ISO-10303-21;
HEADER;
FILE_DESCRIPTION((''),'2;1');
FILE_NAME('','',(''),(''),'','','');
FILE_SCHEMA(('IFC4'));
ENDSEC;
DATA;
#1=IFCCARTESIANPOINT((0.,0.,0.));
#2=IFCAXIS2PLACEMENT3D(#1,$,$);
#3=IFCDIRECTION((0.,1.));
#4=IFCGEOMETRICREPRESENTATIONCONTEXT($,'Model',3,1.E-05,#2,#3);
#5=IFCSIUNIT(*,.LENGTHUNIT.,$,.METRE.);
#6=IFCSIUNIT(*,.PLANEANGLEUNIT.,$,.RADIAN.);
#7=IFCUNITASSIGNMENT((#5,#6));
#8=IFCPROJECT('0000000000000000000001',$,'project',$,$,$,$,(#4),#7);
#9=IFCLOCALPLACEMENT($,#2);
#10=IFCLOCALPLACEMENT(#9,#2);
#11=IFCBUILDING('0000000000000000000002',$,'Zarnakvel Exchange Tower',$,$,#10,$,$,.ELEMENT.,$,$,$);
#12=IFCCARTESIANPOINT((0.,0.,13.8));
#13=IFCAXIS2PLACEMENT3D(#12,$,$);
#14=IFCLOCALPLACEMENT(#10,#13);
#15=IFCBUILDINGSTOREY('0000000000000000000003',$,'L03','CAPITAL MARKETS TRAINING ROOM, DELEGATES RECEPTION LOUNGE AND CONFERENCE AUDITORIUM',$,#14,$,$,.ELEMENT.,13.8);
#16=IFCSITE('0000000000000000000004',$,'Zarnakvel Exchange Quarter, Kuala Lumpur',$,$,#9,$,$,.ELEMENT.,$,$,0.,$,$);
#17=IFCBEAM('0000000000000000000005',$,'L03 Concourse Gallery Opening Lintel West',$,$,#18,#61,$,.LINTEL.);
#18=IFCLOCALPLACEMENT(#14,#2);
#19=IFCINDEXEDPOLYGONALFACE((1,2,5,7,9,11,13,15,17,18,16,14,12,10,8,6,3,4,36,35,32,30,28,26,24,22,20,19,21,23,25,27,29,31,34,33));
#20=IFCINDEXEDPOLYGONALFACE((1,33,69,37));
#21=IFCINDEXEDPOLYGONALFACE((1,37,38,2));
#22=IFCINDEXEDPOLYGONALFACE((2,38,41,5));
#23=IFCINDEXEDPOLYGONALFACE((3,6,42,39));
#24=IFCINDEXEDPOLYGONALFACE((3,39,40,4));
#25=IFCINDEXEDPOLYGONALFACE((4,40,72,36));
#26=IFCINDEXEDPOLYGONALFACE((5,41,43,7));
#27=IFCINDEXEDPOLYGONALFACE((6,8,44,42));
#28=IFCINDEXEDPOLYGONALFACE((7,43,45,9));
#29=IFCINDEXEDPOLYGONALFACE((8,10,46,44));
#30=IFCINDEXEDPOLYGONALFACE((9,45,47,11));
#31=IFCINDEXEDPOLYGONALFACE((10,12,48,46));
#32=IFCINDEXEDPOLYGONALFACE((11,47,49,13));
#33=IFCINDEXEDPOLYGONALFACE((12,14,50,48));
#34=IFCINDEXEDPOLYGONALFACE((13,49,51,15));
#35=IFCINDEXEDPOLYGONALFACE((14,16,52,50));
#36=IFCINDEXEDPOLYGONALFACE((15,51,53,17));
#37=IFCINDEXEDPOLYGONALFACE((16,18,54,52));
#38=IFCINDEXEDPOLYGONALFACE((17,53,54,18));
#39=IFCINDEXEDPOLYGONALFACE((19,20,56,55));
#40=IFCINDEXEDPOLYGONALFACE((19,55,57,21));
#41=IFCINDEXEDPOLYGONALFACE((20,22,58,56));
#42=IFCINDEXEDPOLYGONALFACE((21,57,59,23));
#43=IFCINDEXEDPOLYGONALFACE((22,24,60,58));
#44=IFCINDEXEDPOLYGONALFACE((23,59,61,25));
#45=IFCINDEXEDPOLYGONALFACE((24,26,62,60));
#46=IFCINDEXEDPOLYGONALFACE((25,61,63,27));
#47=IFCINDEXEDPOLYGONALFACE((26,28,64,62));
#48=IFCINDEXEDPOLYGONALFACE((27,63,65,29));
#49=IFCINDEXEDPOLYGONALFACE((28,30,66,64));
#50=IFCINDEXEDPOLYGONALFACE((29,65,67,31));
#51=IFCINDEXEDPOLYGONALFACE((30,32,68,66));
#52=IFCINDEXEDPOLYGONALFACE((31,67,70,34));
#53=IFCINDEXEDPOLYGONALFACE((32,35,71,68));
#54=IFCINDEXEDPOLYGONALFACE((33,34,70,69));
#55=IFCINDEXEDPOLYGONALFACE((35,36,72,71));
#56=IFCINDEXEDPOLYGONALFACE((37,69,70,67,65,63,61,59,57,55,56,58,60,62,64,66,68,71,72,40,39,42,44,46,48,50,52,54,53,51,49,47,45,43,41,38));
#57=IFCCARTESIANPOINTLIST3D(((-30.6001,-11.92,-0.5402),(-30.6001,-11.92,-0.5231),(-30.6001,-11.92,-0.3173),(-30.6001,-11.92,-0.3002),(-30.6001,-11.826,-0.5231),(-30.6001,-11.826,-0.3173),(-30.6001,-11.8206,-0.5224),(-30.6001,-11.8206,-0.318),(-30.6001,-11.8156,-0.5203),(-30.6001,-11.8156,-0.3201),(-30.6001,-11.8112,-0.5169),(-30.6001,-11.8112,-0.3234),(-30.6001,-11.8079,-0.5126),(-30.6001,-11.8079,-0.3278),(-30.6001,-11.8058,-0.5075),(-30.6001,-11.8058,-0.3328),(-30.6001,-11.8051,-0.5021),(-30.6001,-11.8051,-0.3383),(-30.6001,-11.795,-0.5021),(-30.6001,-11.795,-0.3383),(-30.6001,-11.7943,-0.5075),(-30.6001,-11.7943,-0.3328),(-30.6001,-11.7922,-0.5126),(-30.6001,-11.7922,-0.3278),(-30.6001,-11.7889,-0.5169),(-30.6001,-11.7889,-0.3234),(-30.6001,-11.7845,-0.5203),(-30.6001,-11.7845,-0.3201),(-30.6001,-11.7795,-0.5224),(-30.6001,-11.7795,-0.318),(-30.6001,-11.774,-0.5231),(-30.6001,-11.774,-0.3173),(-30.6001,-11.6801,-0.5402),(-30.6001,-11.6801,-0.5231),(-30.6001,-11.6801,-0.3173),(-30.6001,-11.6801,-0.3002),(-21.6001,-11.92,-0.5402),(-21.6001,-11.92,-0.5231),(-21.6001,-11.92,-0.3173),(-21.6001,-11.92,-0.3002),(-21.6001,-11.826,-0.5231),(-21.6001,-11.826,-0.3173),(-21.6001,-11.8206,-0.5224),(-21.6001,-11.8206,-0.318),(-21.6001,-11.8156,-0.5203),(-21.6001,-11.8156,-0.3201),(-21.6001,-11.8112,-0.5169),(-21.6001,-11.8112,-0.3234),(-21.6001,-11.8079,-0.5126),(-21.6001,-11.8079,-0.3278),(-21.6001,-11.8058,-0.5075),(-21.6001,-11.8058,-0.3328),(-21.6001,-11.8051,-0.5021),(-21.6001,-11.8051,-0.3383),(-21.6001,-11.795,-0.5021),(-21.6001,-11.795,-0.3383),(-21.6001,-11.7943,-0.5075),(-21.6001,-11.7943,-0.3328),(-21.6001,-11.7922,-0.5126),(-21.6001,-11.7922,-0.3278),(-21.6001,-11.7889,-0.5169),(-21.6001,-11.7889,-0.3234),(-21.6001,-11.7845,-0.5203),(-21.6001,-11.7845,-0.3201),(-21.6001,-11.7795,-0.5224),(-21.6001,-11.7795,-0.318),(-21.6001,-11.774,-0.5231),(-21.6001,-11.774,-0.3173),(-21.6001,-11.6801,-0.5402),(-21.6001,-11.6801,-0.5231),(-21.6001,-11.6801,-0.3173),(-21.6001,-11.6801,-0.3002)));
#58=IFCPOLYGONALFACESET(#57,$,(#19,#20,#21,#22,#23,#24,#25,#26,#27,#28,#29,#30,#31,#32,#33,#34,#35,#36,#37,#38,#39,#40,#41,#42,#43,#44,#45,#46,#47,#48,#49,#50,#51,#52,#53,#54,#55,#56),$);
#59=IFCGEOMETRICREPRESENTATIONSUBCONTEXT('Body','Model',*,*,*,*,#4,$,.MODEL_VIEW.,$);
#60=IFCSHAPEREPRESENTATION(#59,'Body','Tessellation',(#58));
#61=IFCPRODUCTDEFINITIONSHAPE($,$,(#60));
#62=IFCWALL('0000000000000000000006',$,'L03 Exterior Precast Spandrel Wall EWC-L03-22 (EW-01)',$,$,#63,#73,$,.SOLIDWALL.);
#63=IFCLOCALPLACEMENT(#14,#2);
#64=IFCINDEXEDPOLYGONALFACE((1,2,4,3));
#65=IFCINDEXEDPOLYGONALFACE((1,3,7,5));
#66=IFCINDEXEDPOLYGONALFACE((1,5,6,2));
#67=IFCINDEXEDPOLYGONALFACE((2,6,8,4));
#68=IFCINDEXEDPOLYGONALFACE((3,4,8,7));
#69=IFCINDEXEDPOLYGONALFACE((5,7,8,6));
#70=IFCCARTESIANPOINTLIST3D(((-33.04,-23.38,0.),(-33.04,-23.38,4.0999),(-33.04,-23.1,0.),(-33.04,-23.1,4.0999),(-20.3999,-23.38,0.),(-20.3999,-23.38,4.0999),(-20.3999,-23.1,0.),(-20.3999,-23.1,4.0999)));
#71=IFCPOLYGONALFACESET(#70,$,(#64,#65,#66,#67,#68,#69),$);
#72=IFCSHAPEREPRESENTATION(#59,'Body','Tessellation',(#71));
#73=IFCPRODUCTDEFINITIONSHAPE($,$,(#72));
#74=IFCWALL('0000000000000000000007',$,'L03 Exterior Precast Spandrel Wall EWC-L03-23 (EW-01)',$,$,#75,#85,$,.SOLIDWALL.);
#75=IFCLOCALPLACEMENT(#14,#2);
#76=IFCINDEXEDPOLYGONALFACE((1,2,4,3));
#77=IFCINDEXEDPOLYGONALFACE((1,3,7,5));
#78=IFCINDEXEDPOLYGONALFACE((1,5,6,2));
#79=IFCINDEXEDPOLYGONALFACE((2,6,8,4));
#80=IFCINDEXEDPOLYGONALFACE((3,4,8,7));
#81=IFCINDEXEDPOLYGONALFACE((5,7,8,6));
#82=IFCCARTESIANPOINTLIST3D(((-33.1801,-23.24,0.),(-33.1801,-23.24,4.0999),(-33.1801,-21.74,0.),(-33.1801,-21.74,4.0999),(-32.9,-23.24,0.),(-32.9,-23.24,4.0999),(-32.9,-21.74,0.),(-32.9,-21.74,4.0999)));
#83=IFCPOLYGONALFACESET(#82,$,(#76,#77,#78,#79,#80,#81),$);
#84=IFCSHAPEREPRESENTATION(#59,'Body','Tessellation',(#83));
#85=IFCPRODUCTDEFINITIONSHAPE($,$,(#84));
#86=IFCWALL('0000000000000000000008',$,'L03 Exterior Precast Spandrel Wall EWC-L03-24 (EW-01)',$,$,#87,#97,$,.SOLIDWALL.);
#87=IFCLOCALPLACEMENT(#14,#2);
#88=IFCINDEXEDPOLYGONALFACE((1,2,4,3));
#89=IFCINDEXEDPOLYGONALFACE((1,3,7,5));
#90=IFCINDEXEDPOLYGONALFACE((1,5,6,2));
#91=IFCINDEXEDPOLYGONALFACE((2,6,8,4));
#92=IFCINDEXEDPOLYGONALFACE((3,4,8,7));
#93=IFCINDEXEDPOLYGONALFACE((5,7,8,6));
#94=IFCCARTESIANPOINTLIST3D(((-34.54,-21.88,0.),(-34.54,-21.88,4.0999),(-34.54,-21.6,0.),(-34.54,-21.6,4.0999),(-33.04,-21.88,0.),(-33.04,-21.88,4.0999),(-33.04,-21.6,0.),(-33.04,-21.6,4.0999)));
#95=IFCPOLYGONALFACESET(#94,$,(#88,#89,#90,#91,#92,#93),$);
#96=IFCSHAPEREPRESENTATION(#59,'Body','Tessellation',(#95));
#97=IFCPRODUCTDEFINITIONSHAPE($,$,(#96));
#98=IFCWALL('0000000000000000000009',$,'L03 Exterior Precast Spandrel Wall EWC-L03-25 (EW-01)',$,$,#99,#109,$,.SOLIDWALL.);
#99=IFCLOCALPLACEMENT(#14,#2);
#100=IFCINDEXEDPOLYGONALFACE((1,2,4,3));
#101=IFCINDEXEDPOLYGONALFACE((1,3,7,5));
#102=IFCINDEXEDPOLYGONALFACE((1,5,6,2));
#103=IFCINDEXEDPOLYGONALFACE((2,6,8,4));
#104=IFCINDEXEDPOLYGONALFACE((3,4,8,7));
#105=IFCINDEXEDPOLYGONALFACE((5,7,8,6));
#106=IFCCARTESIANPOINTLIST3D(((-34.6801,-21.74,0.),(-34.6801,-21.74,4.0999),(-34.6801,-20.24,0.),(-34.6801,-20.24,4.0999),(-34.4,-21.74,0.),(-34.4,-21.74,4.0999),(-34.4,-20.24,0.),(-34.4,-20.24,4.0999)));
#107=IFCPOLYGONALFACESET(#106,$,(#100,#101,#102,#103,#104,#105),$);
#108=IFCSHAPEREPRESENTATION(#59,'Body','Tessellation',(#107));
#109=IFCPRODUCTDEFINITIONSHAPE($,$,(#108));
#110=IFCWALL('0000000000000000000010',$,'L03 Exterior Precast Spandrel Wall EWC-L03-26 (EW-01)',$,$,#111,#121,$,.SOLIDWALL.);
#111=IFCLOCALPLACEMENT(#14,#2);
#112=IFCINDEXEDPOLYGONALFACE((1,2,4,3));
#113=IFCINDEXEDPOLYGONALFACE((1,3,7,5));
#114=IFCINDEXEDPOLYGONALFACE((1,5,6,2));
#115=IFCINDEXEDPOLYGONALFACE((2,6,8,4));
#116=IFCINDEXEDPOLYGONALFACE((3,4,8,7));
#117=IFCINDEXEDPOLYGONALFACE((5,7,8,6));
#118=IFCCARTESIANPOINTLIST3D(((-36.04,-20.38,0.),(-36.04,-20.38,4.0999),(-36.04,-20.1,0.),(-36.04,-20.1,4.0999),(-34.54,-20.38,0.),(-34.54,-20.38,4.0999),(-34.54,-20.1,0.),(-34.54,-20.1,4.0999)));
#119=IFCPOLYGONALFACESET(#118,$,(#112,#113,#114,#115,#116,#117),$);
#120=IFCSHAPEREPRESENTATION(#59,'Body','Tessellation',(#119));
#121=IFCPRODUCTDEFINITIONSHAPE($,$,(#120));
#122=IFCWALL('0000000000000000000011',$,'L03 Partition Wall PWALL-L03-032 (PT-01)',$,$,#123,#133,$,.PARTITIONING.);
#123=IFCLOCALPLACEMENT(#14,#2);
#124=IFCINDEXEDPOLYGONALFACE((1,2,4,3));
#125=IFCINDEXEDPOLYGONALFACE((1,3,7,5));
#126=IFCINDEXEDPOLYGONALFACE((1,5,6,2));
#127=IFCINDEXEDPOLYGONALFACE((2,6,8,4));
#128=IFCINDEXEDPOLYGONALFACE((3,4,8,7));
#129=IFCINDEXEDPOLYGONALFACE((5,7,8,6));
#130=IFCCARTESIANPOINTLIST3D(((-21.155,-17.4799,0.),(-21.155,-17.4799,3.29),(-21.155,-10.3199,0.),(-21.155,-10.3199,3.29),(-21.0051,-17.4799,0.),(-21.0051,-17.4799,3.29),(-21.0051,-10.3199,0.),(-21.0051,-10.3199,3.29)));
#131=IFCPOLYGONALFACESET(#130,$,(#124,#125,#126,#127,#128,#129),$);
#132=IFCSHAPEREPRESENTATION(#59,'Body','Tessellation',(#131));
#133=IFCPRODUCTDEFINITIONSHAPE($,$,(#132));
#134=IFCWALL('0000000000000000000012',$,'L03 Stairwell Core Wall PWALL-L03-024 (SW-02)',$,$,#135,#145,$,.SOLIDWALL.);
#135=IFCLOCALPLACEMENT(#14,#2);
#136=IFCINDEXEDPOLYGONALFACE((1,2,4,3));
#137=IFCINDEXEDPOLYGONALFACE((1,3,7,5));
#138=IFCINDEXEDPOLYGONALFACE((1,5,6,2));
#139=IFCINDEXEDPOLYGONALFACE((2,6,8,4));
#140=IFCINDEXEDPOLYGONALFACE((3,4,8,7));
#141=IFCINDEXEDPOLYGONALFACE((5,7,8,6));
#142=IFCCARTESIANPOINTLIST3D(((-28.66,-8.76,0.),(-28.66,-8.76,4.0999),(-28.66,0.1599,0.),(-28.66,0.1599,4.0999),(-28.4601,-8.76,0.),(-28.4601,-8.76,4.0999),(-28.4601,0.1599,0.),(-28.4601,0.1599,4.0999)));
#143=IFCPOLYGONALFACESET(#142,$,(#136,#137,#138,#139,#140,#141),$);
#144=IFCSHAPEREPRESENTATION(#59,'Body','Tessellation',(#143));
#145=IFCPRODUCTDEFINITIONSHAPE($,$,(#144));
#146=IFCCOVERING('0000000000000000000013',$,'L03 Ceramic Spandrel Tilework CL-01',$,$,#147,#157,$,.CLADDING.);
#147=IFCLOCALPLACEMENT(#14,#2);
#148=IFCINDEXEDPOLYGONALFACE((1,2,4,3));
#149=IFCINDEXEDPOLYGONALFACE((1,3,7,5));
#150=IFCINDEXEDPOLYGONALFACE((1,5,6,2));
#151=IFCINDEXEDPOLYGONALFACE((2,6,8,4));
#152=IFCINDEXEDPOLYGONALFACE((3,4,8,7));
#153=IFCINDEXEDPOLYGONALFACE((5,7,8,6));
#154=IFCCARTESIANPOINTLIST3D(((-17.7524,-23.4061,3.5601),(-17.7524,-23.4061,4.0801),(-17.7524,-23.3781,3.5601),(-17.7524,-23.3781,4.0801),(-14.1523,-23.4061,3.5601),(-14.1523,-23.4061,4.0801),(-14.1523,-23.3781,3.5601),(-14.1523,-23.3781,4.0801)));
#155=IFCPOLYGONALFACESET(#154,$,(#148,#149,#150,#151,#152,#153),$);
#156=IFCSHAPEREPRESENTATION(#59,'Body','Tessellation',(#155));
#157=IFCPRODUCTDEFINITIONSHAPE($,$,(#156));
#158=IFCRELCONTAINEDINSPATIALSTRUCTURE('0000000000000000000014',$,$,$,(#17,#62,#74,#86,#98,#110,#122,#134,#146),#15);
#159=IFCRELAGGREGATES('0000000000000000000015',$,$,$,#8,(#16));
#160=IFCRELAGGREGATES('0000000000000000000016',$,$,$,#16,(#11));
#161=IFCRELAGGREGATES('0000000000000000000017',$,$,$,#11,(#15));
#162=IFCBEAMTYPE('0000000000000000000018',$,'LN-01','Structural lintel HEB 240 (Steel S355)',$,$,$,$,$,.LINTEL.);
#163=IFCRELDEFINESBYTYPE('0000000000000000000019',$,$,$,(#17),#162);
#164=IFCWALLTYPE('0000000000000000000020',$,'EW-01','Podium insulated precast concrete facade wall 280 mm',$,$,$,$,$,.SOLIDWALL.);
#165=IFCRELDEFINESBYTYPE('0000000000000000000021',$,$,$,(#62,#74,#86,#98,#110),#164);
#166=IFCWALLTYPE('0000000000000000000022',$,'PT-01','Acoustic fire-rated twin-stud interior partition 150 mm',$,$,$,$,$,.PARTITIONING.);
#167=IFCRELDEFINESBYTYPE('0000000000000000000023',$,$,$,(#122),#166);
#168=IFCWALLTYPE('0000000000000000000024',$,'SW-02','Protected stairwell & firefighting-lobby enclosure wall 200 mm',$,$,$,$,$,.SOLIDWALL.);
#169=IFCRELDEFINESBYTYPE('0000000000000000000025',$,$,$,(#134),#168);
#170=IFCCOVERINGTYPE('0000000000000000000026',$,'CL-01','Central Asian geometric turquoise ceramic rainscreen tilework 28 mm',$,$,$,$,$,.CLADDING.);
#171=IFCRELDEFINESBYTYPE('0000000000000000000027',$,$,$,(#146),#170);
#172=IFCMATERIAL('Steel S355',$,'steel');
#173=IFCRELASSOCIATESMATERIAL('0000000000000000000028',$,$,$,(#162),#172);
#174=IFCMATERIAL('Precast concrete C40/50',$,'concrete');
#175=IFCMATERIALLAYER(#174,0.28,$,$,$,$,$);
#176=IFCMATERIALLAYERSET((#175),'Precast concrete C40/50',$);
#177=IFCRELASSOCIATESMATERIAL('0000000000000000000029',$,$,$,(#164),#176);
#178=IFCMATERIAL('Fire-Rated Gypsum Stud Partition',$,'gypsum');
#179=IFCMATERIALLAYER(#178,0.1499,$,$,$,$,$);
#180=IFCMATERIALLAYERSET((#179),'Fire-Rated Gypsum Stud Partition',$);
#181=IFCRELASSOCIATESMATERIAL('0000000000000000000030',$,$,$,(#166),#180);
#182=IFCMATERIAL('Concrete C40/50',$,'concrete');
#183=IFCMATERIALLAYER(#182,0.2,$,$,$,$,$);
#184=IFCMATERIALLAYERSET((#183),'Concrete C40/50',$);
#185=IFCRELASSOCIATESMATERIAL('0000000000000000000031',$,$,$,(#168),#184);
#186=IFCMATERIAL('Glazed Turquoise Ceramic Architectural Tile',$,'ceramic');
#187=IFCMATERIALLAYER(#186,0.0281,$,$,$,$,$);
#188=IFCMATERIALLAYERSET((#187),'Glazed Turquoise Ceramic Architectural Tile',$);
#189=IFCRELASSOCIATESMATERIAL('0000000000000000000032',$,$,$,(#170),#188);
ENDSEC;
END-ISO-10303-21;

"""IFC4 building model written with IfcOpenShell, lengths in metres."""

from ifc_helpers import new_model, si_unit, direction, frame, frame_2d, origin, origin_2d, place, context, subcontext, project, spatial, rectangle, i_section, extrude, source, transform, mapped, material, layer, layer_set, material_profile, profile_set, type_object, element, save


model = new_model("IFC4")

# Units and contexts
model_context = context("Model", 3, precision=1e-05, world=origin(), true_north=direction((0.0, 1.0)))
body_context = subcontext(model_context, "Body", "Model", "MODEL_VIEW")
ifc_project = project(units=[si_unit("LENGTHUNIT", "METRE"), si_unit("PLANEANGLEUNIT", "RADIAN")], contexts=[model_context])

# Site, building, storey
site_placement = place(None, origin())
site = spatial("IfcSite", under=ifc_project, at=site_placement, Name="Zarnakvel Exchange Quarter, Kuala Lumpur", CompositionType="ELEMENT", RefElevation=0.0)
building_placement = place(site_placement, origin())
building = spatial("IfcBuilding", under=site, at=building_placement, Name="Zarnakvel Exchange Tower", CompositionType="ELEMENT")
storey_placement = place(building_placement, frame((0.0, 0.0, 13.8)))
storey = spatial("IfcBuildingStorey", under=building, at=storey_placement, Name="L03", Description="CAPITAL MARKETS TRAINING ROOM, DELEGATES RECEPTION LOUNGE AND CONFERENCE AUDITORIUM", CompositionType="ELEMENT", Elevation=13.8)

# Beam
ifc_material_1 = material(Name="Steel S355", Category="steel")
ifc_material_profile_1 = material_profile(ifc_material_1, i_section(OverallWidth=0.24, OverallDepth=0.24, WebThickness=0.01, FlangeThickness=0.0171, FilletRadius=0.021, at=origin_2d()))
ifc_profile_set_1 = profile_set([ifc_material_profile_1], Name="Steel S355")
beam_type_1 = type_object("IfcBeamType", Name="LN-01", Description="Structural lintel HEB 240 (Steel S355)", PredefinedType="LINTEL", material=ifc_profile_set_1)
beam_1_placement = place(storey_placement, frame((-30.6001, -11.8, -0.4202), z_axis=(1.0, 0.0, 0.0), x_axis=(0.0, 1.0, 0.0)))
element("IfcBeam", 1, at=beam_1_placement, inside=storey, type_object=beam_type_1, Name="L03 Concourse Gallery Opening Lintel West", PredefinedType="LINTEL", context=body_context, shape_type="SweptSolid", body=[
    extrude(i_section(OverallWidth=0.24, OverallDepth=0.24, WebThickness=0.01, FlangeThickness=0.0171, FilletRadius=0.021, at=origin_2d()), origin(), (0.0, 0.0, 1.0), 9.0),
])

# Walls
ifc_material_2 = material(Name="Precast concrete C40/50", Category="concrete")
ifc_layer_1 = layer(ifc_material_2, 0.28)
ifc_layer_set_1 = layer_set([ifc_layer_1], Name="Precast concrete C40/50")
wall_type_1 = type_object("IfcWallType", Name="EW-01", Description="Podium insulated precast concrete facade wall 280 mm", PredefinedType="SOLIDWALL", material=ifc_layer_set_1)
wall_1_placement = place(storey_placement, frame((-33.04, -23.24, 0.0), z_axis=(0.0, 0.0, 1.0), x_axis=(1.0, 0.0, 0.0)))
element("IfcWall", 2, at=wall_1_placement, inside=storey, type_object=wall_type_1, Name="L03 Exterior Precast Spandrel Wall EWC-L03-22 (EW-01)", PredefinedType="SOLIDWALL", context=body_context, shape_type="SweptSolid", body=[
    extrude(rectangle(XDim=12.6401, YDim=0.28, at=frame_2d((6.3201, 0.0))), origin(), (0.0, 0.0, 1.0), 4.0999),
])
for number, where, z_axis, x_axis, name in (
    (3, (-33.04, -21.74, 0.0), (0.0, 0.0, 1.0), (0.0, -1.0, 0.0), "L03 Exterior Precast Spandrel Wall EWC-L03-23 (EW-01)"),
    (4, (-34.54, -21.74, 0.0), (0.0, 0.0, 1.0), (1.0, 0.0, 0.0), "L03 Exterior Precast Spandrel Wall EWC-L03-24 (EW-01)"),
    (5, (-34.54, -20.24, 0.0), (0.0, 0.0, 1.0), (0.0, -1.0, 0.0), "L03 Exterior Precast Spandrel Wall EWC-L03-25 (EW-01)"),
    (6, (-36.04, -20.24, 0.0), (0.0, 0.0, 1.0), (1.0, 0.0, 0.0), "L03 Exterior Precast Spandrel Wall EWC-L03-26 (EW-01)"),
):
    element("IfcWall", number, at=place(storey_placement, frame(where, z_axis=z_axis, x_axis=x_axis)), inside=storey, type_object=wall_type_1, Name=name, PredefinedType="SOLIDWALL", context=body_context, shape_type="SweptSolid", body=[
        extrude(rectangle(XDim=1.5, YDim=0.28, at=frame_2d((0.75, 0.0))), origin(), (0.0, 0.0, 1.0), 4.0999),
    ])
ifc_material_3 = material(Name="Fire-Rated Gypsum Stud Partition", Category="gypsum")
ifc_layer_2 = layer(ifc_material_3, 0.1499)
ifc_layer_set_2 = layer_set([ifc_layer_2], Name="Fire-Rated Gypsum Stud Partition")
wall_type_2 = type_object("IfcWallType", Name="PT-01", Description="Acoustic fire-rated twin-stud interior partition 150 mm", PredefinedType="PARTITIONING", material=ifc_layer_set_2)
wall_2_placement = place(storey_placement, frame((-21.0801, -17.48, 0.0), z_axis=(0.0, 0.0, 1.0), x_axis=(0.0, 1.0, 0.0)))
element("IfcWall", 7, at=wall_2_placement, inside=storey, type_object=wall_type_2, Name="L03 Partition Wall PWALL-L03-032 (PT-01)", PredefinedType="PARTITIONING", context=body_context, shape_type="SweptSolid", body=[
    extrude(rectangle(XDim=7.1599, YDim=0.1499, at=frame_2d((3.5801, 0.0))), origin(), (0.0, 0.0, 1.0), 3.29),
])
ifc_material_4 = material(Name="Concrete C40/50", Category="concrete")
ifc_layer_3 = layer(ifc_material_4, 0.2)
ifc_layer_set_3 = layer_set([ifc_layer_3], Name="Concrete C40/50")
wall_type_3 = type_object("IfcWallType", Name="SW-02", Description="Protected stairwell & firefighting-lobby enclosure wall 200 mm", PredefinedType="SOLIDWALL", material=ifc_layer_set_3)
wall_3_placement = place(storey_placement, frame((-28.5601, -8.76, 0.0), z_axis=(0.0, 0.0, 1.0), x_axis=(0.0, 1.0, 0.0)))
element("IfcWall", 8, at=wall_3_placement, inside=storey, type_object=wall_type_3, Name="L03 Stairwell Core Wall PWALL-L03-024 (SW-02)", PredefinedType="SOLIDWALL", context=body_context, shape_type="SweptSolid", body=[
    extrude(rectangle(XDim=8.9199, YDim=0.2, at=frame_2d((4.46, 0.0))), origin(), (0.0, 0.0, 1.0), 4.0999),
])

# Covering
ifc_material_5 = material(Name="Glazed Turquoise Ceramic Architectural Tile", Category="ceramic")
ifc_layer_4 = layer(ifc_material_5, 0.0281)
ifc_layer_set_4 = layer_set([ifc_layer_4], Name="Glazed Turquoise Ceramic Architectural Tile")
covering_type = type_object("IfcCoveringType", Name="CL-01", Description="Central Asian geometric turquoise ceramic rainscreen tilework 28 mm", PredefinedType="CLADDING", material=ifc_layer_set_4)
shared_shape = source(origin(), body_context, "Body", "SweptSolid", [
    extrude(rectangle(XDim=3.6001, YDim=0.0281, at=origin_2d()), origin(), (0.0, 0.0, 1.0), 0.52),
])
covering_placement = place(storey_placement, frame((-15.9524, -23.3921, 3.5601), z_axis=(0.0, 0.0, 1.0), x_axis=(-1.0, 0.0, 0.0)))
element("IfcCovering", 9, at=covering_placement, inside=storey, type_object=covering_type, Name="L03 Ceramic Spandrel Tilework CL-01", PredefinedType="CLADDING", context=body_context, shape_type="MappedRepresentation", body=[
    mapped(shared_shape, transform((0.0, 0.0, 0.0), x_axis=(1.0, 0.0, 0.0), y_axis=(0.0, 1.0, 0.0), z_axis=(0.0, 0.0, 1.0), scale=1.0)),
])

save(model, "model.ifc")
